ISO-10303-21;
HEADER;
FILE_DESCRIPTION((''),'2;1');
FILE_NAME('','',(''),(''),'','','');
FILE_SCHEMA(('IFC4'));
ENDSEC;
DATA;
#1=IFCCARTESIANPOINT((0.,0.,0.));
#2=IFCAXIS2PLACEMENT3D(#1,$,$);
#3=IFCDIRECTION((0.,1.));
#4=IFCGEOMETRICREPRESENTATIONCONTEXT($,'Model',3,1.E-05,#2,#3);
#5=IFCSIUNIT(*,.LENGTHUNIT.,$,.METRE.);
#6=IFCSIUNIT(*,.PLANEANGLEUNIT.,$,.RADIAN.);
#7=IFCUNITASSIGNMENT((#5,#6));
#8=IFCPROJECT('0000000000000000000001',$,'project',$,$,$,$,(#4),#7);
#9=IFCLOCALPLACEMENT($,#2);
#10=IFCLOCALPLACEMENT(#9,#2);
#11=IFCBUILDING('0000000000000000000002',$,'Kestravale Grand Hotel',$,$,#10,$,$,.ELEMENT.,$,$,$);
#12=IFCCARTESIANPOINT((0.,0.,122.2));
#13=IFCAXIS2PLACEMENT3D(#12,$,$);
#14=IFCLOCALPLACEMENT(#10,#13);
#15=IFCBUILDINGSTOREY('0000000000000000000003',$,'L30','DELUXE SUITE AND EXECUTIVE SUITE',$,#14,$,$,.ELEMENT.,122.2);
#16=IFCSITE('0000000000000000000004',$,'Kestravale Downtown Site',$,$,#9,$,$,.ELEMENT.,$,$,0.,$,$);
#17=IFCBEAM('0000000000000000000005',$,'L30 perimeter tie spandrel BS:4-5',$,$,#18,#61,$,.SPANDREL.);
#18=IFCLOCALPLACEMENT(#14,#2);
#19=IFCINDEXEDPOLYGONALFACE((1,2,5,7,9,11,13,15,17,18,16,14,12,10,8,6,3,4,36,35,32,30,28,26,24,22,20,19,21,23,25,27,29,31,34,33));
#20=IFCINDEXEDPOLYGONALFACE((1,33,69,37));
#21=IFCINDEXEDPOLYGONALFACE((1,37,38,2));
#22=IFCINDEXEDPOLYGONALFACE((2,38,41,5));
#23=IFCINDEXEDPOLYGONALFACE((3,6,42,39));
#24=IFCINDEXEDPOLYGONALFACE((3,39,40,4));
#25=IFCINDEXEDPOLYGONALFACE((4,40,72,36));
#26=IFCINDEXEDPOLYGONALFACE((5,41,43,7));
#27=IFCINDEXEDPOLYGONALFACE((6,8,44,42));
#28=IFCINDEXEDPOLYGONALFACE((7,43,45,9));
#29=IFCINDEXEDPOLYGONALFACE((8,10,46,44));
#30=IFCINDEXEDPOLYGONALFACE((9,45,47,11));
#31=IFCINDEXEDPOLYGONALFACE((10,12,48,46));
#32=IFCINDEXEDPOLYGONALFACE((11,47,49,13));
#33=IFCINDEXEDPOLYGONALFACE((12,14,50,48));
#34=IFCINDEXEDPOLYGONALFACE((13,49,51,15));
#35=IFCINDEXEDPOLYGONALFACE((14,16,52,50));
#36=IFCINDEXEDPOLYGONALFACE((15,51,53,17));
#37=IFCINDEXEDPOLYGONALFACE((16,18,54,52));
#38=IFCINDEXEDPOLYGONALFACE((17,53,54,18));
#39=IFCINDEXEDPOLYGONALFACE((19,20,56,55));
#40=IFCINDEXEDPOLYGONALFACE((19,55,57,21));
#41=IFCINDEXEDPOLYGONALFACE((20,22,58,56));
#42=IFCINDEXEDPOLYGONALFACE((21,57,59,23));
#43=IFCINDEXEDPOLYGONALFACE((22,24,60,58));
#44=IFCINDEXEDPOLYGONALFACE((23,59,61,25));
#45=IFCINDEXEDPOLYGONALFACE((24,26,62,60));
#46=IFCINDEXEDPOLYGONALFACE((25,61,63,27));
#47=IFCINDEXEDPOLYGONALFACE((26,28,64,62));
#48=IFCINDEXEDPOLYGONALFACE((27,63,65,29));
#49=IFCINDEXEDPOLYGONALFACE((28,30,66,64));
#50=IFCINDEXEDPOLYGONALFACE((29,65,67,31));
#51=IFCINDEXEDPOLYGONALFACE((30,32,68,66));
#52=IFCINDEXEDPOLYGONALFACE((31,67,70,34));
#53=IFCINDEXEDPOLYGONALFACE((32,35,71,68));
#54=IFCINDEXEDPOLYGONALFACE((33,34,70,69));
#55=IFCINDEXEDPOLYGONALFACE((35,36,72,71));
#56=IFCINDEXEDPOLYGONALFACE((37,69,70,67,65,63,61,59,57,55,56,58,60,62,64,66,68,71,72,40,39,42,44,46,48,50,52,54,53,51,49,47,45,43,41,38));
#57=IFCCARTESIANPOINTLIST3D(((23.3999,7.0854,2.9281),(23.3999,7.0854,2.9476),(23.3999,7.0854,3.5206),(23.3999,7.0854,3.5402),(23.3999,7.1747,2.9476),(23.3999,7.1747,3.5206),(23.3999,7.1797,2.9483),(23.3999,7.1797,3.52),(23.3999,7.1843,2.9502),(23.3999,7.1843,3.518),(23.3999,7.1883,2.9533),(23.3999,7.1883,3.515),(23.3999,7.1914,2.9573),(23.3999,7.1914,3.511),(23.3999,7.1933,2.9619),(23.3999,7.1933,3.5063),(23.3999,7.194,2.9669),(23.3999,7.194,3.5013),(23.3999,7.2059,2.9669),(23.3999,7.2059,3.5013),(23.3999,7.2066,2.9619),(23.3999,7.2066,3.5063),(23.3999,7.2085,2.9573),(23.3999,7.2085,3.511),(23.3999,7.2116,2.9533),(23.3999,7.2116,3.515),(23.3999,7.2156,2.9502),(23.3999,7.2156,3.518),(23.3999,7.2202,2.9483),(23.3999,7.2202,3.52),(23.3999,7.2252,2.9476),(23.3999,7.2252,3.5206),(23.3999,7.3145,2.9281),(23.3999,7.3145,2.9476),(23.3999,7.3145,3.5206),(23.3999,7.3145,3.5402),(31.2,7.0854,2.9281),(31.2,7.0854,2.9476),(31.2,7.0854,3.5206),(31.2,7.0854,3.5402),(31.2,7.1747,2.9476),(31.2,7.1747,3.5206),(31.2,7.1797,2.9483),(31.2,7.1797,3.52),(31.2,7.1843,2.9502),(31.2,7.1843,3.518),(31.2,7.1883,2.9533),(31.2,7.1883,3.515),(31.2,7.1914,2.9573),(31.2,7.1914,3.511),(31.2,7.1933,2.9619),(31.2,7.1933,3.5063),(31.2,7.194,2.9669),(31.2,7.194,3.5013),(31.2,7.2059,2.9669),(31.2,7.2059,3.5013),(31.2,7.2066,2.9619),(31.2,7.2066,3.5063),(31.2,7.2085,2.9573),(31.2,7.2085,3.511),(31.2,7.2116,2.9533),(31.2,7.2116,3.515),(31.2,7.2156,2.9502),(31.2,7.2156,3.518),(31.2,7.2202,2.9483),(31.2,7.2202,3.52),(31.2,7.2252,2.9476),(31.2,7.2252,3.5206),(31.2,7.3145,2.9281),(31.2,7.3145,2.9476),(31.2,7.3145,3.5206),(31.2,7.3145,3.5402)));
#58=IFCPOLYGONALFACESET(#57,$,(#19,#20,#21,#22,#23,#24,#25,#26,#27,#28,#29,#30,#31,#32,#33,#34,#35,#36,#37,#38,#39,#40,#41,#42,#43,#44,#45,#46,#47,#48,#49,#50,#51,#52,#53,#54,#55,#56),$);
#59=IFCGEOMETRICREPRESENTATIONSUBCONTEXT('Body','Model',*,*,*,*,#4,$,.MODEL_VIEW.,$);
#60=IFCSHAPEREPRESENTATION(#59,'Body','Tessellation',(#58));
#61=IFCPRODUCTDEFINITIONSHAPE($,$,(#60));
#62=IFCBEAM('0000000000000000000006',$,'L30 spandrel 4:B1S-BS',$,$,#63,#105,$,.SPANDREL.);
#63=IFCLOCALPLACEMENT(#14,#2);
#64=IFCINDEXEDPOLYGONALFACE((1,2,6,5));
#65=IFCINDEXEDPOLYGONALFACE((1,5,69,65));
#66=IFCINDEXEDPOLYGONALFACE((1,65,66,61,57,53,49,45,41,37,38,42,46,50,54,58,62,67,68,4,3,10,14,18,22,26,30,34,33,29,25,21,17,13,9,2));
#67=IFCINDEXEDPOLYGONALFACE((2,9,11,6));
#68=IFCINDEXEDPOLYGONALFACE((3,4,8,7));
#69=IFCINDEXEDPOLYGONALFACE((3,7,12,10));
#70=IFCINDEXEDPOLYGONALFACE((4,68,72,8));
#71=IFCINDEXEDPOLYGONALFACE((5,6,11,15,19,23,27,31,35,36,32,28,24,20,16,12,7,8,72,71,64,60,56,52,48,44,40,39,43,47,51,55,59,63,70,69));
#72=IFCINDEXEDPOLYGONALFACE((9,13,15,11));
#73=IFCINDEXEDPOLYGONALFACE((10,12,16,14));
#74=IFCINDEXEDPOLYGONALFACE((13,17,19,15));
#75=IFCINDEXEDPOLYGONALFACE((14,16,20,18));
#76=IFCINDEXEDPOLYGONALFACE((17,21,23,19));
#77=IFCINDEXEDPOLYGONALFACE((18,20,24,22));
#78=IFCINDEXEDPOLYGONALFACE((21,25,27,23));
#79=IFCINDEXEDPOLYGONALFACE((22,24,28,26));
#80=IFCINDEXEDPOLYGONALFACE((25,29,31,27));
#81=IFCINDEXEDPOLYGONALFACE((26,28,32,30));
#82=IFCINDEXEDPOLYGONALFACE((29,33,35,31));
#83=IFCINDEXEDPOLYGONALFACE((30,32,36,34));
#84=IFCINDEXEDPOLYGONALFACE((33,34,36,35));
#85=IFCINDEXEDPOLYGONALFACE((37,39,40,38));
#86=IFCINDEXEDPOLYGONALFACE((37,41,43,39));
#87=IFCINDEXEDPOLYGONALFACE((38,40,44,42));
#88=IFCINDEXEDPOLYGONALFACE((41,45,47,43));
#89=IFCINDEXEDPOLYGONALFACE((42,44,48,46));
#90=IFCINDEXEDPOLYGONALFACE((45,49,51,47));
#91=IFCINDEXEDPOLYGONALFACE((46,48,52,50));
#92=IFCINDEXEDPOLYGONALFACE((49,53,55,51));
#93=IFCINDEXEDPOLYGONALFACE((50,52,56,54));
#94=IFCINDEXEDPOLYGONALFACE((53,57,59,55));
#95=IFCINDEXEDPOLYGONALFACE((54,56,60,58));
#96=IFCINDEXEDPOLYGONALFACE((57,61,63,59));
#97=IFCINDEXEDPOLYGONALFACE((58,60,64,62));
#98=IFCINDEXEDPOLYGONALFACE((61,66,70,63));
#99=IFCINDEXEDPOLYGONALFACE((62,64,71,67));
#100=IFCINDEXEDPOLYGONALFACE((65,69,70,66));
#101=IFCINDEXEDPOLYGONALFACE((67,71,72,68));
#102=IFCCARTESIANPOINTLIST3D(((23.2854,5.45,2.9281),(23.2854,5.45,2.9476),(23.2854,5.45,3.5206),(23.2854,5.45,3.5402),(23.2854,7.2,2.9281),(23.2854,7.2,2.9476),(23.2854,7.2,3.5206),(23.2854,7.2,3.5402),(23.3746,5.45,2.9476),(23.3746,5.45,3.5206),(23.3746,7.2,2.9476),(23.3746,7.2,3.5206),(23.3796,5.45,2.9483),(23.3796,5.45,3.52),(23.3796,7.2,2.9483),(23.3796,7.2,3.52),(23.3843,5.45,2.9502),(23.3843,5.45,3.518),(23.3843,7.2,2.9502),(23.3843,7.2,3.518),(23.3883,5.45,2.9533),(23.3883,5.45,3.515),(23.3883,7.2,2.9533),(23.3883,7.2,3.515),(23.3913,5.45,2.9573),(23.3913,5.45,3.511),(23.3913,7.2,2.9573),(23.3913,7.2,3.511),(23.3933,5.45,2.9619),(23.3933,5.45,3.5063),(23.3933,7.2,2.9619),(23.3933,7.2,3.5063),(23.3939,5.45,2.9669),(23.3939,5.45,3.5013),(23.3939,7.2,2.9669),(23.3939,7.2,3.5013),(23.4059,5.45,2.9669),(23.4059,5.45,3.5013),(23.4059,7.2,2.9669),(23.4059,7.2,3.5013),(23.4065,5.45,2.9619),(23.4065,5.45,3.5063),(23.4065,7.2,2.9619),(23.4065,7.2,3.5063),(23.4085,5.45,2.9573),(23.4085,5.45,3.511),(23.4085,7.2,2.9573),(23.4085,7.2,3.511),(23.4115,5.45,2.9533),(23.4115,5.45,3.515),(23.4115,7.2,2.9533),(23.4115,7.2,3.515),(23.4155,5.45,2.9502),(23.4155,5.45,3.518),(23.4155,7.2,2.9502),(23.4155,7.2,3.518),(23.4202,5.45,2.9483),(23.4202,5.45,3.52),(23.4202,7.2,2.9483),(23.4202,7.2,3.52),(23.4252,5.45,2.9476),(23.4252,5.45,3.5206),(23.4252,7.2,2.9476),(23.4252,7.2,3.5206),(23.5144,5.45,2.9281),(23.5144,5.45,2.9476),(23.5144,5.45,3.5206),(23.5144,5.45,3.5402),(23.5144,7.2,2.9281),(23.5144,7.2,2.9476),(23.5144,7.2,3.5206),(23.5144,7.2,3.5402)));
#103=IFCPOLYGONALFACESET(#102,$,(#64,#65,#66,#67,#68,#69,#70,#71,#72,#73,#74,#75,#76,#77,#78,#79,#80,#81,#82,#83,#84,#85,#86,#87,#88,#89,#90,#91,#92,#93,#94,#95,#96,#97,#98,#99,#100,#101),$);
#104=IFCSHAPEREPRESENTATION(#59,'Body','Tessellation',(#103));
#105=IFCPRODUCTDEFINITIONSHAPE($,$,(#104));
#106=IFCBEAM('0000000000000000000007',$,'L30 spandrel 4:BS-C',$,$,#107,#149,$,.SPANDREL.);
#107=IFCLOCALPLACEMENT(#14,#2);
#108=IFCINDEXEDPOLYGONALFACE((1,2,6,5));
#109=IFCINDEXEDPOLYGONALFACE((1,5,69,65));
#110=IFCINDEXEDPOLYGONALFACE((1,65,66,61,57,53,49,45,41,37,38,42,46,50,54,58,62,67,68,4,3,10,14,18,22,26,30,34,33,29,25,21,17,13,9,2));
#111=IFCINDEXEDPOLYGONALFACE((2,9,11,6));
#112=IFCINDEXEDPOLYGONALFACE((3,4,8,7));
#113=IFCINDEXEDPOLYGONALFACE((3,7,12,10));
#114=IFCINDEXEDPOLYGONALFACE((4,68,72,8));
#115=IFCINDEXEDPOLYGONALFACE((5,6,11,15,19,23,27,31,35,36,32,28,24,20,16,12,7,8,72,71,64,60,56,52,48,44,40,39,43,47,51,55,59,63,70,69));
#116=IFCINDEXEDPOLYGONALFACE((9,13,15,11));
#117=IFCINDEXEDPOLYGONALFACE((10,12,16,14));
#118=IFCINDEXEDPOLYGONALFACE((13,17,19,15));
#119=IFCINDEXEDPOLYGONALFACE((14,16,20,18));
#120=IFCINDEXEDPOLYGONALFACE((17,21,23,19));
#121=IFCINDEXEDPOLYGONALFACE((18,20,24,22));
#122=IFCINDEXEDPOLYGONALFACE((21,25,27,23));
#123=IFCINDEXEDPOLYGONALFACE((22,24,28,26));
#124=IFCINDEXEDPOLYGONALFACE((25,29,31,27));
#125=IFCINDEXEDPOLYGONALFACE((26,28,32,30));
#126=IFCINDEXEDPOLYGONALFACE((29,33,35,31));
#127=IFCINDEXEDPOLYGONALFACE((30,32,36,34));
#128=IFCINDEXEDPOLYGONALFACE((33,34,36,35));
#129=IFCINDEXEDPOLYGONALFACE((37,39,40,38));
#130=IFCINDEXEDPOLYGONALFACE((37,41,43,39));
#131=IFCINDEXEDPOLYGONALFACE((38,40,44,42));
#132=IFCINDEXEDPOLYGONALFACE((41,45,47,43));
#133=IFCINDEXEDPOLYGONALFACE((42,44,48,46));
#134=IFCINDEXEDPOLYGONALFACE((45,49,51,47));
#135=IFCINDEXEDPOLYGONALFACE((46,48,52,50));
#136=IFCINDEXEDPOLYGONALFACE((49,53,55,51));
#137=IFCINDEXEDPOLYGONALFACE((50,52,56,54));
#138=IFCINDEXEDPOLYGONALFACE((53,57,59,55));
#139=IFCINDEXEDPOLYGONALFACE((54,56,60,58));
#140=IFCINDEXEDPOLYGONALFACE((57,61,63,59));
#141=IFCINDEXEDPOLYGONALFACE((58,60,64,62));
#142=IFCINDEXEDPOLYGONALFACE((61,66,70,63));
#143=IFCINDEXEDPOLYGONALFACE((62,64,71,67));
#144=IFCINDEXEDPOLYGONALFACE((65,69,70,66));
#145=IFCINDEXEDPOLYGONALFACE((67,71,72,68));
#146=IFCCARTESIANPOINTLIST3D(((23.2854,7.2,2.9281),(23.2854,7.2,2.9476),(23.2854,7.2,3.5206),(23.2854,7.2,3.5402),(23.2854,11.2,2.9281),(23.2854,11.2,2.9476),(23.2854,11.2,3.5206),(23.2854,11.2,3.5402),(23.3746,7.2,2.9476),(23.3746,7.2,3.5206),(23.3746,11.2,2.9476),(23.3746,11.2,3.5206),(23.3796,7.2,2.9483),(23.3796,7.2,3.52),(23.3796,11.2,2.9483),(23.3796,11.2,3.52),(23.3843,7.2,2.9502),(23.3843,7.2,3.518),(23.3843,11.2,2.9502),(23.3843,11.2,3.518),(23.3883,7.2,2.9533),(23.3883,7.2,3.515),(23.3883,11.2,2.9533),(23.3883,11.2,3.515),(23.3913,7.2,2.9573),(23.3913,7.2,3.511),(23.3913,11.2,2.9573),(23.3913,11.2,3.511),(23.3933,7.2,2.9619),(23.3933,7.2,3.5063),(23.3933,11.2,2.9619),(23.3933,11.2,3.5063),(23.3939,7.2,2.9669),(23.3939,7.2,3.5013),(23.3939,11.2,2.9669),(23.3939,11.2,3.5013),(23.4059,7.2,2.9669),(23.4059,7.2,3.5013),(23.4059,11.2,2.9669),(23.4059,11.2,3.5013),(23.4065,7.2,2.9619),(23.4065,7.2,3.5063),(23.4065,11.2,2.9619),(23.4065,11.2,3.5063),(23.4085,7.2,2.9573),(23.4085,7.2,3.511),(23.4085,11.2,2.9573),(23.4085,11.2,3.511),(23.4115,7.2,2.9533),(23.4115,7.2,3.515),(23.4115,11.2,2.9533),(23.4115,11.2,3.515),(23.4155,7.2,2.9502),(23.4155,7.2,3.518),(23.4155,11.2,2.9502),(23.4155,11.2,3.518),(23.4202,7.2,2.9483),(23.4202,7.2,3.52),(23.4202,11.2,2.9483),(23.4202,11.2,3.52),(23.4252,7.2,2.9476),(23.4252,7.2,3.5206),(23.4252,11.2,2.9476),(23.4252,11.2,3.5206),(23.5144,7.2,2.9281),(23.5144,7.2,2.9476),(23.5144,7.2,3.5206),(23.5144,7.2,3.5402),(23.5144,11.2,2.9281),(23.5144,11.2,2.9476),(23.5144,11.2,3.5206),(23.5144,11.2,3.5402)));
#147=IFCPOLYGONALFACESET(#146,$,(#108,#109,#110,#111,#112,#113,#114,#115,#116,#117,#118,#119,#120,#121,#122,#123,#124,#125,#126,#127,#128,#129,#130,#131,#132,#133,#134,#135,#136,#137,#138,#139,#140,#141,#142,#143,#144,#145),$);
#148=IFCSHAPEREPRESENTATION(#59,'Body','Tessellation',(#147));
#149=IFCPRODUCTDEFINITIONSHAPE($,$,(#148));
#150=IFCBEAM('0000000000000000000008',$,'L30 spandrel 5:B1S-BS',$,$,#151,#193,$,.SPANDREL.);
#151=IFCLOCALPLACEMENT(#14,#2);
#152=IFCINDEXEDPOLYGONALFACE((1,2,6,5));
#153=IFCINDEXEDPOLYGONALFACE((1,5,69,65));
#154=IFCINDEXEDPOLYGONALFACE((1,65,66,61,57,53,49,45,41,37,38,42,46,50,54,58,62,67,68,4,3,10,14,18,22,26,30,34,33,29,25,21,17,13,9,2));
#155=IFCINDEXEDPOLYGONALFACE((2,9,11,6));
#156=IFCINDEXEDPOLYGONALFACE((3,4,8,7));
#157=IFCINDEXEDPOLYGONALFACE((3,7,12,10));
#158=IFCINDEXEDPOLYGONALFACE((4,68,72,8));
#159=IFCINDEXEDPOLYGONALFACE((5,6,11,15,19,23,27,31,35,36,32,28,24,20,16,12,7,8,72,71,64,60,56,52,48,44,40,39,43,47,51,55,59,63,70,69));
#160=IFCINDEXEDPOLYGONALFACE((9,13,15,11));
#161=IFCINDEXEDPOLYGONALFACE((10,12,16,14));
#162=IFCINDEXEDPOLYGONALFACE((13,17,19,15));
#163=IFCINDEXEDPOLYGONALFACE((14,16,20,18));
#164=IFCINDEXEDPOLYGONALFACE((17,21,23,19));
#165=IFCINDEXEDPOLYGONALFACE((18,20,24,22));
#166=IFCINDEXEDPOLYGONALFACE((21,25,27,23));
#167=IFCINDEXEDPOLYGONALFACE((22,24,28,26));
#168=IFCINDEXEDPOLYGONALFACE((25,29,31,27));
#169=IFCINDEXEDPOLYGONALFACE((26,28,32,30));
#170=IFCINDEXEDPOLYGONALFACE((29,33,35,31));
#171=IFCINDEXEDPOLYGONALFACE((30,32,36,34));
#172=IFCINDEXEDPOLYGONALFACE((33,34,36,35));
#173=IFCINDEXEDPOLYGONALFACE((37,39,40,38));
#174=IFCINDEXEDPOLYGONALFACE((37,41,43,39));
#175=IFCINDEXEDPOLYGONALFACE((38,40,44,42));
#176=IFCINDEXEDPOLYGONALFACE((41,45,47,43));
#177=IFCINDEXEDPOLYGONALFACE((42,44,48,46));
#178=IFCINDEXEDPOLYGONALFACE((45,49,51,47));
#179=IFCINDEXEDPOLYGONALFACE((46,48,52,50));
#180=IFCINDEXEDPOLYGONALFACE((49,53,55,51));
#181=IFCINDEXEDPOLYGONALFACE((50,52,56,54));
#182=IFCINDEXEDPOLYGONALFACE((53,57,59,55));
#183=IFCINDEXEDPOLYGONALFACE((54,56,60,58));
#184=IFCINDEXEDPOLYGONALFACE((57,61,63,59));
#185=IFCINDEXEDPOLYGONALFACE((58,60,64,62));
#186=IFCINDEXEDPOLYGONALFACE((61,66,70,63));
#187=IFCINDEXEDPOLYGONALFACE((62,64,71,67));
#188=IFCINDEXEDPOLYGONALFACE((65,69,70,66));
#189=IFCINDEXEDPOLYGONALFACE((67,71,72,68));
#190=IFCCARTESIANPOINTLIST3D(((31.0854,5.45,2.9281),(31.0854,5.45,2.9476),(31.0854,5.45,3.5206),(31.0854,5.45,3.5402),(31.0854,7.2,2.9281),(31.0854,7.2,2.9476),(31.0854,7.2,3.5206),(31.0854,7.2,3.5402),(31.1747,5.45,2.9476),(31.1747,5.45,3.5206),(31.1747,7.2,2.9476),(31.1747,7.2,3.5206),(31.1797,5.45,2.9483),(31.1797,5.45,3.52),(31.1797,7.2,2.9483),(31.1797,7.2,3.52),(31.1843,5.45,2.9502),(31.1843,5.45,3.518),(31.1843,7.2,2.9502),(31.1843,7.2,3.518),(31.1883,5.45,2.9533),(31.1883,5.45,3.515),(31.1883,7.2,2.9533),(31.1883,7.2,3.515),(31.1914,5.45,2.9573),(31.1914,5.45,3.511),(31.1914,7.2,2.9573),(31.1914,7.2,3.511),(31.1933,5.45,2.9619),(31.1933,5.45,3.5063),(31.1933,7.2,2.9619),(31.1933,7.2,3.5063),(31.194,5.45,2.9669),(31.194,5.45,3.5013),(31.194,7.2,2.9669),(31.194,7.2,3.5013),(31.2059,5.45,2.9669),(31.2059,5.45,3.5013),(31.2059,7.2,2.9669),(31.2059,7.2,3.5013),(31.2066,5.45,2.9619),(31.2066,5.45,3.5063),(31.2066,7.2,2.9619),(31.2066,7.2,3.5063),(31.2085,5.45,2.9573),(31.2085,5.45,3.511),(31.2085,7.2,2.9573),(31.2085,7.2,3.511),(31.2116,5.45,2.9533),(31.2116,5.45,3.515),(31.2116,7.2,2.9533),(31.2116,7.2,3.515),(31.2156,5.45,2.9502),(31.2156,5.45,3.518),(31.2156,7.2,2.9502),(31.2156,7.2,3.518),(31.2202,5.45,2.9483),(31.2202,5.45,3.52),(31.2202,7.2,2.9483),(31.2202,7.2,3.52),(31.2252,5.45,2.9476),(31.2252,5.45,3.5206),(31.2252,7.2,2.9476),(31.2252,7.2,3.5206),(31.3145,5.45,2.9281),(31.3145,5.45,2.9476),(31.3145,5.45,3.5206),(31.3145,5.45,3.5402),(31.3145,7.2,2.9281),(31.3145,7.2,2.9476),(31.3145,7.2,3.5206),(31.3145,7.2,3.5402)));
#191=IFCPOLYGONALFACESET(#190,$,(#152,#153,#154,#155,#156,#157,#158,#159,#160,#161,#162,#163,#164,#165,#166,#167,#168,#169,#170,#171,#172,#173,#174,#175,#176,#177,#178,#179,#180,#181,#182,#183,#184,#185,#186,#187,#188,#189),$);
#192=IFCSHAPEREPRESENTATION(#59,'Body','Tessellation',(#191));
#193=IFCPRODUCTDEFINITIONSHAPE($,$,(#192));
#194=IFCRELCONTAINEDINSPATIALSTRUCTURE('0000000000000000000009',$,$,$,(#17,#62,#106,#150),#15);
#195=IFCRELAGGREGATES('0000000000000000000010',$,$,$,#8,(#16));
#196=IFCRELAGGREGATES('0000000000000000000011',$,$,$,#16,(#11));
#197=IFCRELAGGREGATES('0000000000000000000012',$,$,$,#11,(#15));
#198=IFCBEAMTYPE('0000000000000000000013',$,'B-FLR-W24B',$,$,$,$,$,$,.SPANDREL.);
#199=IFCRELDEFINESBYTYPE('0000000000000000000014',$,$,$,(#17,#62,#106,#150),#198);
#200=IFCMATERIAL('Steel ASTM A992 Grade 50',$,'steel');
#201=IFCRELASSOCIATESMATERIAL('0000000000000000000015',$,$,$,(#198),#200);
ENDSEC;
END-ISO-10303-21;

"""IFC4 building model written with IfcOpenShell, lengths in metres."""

from ifc_helpers import new_model, si_unit, direction, frame, origin, origin_2d, place, context, subcontext, project, spatial, i_section, extrude, material, material_profile, profile_set, type_object, element, save


model = new_model("IFC4")

# Units and contexts
model_context = context("Model", 3, precision=1e-05, world=origin(), true_north=direction((0.0, 1.0)))
body_context = subcontext(model_context, "Body", "Model", "MODEL_VIEW")
ifc_project = project(units=[si_unit("LENGTHUNIT", "METRE"), si_unit("PLANEANGLEUNIT", "RADIAN")], contexts=[model_context])

# Site, building, storey
site_placement = place(None, origin())
site = spatial("IfcSite", under=ifc_project, at=site_placement, Name="Kestravale Downtown Site", CompositionType="ELEMENT", RefElevation=0.0)
building_placement = place(site_placement, origin())
building = spatial("IfcBuilding", under=site, at=building_placement, Name="Kestravale Grand Hotel", CompositionType="ELEMENT")
storey_placement = place(building_placement, frame((0.0, 0.0, 122.2)))
storey = spatial("IfcBuildingStorey", under=building, at=storey_placement, Name="L30", Description="DELUXE SUITE AND EXECUTIVE SUITE", CompositionType="ELEMENT", Elevation=122.2)

# Beams
ifc_material_1 = material(Name="Steel ASTM A992 Grade 50", Category="steel")
ifc_material_profile_1 = material_profile(ifc_material_1, i_section(OverallWidth=0.229, OverallDepth=0.6121, WebThickness=0.012, FlangeThickness=0.0195, FilletRadius=0.0193, at=origin_2d()))
ifc_profile_set_1 = profile_set([ifc_material_profile_1], Name="Steel ASTM A992 Grade 50")
beam_type_1 = type_object("IfcBeamType", Name="B-FLR-W24B", PredefinedType="SPANDREL", material=ifc_profile_set_1)
for number, where, z_axis, x_axis, name in (
    (1, (23.3999, 7.2, 3.2341), (1.0, 0.0, 0.0), (0.0, 1.0, 0.0), "L30 perimeter tie spandrel BS:4-5"),
):
    element("IfcBeam", number, at=place(storey_placement, frame(where, z_axis=z_axis, x_axis=x_axis)), inside=storey, type_object=beam_type_1, Name=name, PredefinedType="SPANDREL", context=body_context, shape_type="SweptSolid", body=[
        extrude(i_section(OverallWidth=0.229, OverallDepth=0.6121, WebThickness=0.012, FlangeThickness=0.0195, FilletRadius=0.0193, at=origin_2d()), origin(), (0.0, 0.0, 1.0), 7.8),
    ])
beam_1_placement = place(storey_placement, frame((23.3999, 5.45, 3.2341), z_axis=(0.0, 1.0, 0.0), x_axis=(-1.0, 0.0, 0.0)))
element("IfcBeam", 2, at=beam_1_placement, inside=storey, type_object=beam_type_1, Name="L30 spandrel 4:B1S-BS", PredefinedType="SPANDREL", context=body_context, shape_type="SweptSolid", body=[
    extrude(i_section(OverallWidth=0.229, OverallDepth=0.6121, WebThickness=0.012, FlangeThickness=0.0195, FilletRadius=0.0193, at=origin_2d()), origin(), (0.0, 0.0, 1.0), 1.75),
])
beam_2_placement = place(storey_placement, frame((23.3999, 7.2, 3.2341), z_axis=(0.0, 1.0, 0.0), x_axis=(-1.0, 0.0, 0.0)))
element("IfcBeam", 3, at=beam_2_placement, inside=storey, type_object=beam_type_1, Name="L30 spandrel 4:BS-C", PredefinedType="SPANDREL", context=body_context, shape_type="SweptSolid", body=[
    extrude(i_section(OverallWidth=0.229, OverallDepth=0.6121, WebThickness=0.012, FlangeThickness=0.0195, FilletRadius=0.0193, at=origin_2d()), origin(), (0.0, 0.0, 1.0), 4.0),
])
beam_3_placement = place(storey_placement, frame((31.2, 5.45, 3.2341), z_axis=(0.0, 1.0, 0.0), x_axis=(-1.0, 0.0, 0.0)))
element("IfcBeam", 4, at=beam_3_placement, inside=storey, type_object=beam_type_1, Name="L30 spandrel 5:B1S-BS", PredefinedType="SPANDREL", context=body_context, shape_type="SweptSolid", body=[
    extrude(i_section(OverallWidth=0.229, OverallDepth=0.6121, WebThickness=0.012, FlangeThickness=0.0195, FilletRadius=0.0193, at=origin_2d()), origin(), (0.0, 0.0, 1.0), 1.75),
])

save(model, "model.ifc")
